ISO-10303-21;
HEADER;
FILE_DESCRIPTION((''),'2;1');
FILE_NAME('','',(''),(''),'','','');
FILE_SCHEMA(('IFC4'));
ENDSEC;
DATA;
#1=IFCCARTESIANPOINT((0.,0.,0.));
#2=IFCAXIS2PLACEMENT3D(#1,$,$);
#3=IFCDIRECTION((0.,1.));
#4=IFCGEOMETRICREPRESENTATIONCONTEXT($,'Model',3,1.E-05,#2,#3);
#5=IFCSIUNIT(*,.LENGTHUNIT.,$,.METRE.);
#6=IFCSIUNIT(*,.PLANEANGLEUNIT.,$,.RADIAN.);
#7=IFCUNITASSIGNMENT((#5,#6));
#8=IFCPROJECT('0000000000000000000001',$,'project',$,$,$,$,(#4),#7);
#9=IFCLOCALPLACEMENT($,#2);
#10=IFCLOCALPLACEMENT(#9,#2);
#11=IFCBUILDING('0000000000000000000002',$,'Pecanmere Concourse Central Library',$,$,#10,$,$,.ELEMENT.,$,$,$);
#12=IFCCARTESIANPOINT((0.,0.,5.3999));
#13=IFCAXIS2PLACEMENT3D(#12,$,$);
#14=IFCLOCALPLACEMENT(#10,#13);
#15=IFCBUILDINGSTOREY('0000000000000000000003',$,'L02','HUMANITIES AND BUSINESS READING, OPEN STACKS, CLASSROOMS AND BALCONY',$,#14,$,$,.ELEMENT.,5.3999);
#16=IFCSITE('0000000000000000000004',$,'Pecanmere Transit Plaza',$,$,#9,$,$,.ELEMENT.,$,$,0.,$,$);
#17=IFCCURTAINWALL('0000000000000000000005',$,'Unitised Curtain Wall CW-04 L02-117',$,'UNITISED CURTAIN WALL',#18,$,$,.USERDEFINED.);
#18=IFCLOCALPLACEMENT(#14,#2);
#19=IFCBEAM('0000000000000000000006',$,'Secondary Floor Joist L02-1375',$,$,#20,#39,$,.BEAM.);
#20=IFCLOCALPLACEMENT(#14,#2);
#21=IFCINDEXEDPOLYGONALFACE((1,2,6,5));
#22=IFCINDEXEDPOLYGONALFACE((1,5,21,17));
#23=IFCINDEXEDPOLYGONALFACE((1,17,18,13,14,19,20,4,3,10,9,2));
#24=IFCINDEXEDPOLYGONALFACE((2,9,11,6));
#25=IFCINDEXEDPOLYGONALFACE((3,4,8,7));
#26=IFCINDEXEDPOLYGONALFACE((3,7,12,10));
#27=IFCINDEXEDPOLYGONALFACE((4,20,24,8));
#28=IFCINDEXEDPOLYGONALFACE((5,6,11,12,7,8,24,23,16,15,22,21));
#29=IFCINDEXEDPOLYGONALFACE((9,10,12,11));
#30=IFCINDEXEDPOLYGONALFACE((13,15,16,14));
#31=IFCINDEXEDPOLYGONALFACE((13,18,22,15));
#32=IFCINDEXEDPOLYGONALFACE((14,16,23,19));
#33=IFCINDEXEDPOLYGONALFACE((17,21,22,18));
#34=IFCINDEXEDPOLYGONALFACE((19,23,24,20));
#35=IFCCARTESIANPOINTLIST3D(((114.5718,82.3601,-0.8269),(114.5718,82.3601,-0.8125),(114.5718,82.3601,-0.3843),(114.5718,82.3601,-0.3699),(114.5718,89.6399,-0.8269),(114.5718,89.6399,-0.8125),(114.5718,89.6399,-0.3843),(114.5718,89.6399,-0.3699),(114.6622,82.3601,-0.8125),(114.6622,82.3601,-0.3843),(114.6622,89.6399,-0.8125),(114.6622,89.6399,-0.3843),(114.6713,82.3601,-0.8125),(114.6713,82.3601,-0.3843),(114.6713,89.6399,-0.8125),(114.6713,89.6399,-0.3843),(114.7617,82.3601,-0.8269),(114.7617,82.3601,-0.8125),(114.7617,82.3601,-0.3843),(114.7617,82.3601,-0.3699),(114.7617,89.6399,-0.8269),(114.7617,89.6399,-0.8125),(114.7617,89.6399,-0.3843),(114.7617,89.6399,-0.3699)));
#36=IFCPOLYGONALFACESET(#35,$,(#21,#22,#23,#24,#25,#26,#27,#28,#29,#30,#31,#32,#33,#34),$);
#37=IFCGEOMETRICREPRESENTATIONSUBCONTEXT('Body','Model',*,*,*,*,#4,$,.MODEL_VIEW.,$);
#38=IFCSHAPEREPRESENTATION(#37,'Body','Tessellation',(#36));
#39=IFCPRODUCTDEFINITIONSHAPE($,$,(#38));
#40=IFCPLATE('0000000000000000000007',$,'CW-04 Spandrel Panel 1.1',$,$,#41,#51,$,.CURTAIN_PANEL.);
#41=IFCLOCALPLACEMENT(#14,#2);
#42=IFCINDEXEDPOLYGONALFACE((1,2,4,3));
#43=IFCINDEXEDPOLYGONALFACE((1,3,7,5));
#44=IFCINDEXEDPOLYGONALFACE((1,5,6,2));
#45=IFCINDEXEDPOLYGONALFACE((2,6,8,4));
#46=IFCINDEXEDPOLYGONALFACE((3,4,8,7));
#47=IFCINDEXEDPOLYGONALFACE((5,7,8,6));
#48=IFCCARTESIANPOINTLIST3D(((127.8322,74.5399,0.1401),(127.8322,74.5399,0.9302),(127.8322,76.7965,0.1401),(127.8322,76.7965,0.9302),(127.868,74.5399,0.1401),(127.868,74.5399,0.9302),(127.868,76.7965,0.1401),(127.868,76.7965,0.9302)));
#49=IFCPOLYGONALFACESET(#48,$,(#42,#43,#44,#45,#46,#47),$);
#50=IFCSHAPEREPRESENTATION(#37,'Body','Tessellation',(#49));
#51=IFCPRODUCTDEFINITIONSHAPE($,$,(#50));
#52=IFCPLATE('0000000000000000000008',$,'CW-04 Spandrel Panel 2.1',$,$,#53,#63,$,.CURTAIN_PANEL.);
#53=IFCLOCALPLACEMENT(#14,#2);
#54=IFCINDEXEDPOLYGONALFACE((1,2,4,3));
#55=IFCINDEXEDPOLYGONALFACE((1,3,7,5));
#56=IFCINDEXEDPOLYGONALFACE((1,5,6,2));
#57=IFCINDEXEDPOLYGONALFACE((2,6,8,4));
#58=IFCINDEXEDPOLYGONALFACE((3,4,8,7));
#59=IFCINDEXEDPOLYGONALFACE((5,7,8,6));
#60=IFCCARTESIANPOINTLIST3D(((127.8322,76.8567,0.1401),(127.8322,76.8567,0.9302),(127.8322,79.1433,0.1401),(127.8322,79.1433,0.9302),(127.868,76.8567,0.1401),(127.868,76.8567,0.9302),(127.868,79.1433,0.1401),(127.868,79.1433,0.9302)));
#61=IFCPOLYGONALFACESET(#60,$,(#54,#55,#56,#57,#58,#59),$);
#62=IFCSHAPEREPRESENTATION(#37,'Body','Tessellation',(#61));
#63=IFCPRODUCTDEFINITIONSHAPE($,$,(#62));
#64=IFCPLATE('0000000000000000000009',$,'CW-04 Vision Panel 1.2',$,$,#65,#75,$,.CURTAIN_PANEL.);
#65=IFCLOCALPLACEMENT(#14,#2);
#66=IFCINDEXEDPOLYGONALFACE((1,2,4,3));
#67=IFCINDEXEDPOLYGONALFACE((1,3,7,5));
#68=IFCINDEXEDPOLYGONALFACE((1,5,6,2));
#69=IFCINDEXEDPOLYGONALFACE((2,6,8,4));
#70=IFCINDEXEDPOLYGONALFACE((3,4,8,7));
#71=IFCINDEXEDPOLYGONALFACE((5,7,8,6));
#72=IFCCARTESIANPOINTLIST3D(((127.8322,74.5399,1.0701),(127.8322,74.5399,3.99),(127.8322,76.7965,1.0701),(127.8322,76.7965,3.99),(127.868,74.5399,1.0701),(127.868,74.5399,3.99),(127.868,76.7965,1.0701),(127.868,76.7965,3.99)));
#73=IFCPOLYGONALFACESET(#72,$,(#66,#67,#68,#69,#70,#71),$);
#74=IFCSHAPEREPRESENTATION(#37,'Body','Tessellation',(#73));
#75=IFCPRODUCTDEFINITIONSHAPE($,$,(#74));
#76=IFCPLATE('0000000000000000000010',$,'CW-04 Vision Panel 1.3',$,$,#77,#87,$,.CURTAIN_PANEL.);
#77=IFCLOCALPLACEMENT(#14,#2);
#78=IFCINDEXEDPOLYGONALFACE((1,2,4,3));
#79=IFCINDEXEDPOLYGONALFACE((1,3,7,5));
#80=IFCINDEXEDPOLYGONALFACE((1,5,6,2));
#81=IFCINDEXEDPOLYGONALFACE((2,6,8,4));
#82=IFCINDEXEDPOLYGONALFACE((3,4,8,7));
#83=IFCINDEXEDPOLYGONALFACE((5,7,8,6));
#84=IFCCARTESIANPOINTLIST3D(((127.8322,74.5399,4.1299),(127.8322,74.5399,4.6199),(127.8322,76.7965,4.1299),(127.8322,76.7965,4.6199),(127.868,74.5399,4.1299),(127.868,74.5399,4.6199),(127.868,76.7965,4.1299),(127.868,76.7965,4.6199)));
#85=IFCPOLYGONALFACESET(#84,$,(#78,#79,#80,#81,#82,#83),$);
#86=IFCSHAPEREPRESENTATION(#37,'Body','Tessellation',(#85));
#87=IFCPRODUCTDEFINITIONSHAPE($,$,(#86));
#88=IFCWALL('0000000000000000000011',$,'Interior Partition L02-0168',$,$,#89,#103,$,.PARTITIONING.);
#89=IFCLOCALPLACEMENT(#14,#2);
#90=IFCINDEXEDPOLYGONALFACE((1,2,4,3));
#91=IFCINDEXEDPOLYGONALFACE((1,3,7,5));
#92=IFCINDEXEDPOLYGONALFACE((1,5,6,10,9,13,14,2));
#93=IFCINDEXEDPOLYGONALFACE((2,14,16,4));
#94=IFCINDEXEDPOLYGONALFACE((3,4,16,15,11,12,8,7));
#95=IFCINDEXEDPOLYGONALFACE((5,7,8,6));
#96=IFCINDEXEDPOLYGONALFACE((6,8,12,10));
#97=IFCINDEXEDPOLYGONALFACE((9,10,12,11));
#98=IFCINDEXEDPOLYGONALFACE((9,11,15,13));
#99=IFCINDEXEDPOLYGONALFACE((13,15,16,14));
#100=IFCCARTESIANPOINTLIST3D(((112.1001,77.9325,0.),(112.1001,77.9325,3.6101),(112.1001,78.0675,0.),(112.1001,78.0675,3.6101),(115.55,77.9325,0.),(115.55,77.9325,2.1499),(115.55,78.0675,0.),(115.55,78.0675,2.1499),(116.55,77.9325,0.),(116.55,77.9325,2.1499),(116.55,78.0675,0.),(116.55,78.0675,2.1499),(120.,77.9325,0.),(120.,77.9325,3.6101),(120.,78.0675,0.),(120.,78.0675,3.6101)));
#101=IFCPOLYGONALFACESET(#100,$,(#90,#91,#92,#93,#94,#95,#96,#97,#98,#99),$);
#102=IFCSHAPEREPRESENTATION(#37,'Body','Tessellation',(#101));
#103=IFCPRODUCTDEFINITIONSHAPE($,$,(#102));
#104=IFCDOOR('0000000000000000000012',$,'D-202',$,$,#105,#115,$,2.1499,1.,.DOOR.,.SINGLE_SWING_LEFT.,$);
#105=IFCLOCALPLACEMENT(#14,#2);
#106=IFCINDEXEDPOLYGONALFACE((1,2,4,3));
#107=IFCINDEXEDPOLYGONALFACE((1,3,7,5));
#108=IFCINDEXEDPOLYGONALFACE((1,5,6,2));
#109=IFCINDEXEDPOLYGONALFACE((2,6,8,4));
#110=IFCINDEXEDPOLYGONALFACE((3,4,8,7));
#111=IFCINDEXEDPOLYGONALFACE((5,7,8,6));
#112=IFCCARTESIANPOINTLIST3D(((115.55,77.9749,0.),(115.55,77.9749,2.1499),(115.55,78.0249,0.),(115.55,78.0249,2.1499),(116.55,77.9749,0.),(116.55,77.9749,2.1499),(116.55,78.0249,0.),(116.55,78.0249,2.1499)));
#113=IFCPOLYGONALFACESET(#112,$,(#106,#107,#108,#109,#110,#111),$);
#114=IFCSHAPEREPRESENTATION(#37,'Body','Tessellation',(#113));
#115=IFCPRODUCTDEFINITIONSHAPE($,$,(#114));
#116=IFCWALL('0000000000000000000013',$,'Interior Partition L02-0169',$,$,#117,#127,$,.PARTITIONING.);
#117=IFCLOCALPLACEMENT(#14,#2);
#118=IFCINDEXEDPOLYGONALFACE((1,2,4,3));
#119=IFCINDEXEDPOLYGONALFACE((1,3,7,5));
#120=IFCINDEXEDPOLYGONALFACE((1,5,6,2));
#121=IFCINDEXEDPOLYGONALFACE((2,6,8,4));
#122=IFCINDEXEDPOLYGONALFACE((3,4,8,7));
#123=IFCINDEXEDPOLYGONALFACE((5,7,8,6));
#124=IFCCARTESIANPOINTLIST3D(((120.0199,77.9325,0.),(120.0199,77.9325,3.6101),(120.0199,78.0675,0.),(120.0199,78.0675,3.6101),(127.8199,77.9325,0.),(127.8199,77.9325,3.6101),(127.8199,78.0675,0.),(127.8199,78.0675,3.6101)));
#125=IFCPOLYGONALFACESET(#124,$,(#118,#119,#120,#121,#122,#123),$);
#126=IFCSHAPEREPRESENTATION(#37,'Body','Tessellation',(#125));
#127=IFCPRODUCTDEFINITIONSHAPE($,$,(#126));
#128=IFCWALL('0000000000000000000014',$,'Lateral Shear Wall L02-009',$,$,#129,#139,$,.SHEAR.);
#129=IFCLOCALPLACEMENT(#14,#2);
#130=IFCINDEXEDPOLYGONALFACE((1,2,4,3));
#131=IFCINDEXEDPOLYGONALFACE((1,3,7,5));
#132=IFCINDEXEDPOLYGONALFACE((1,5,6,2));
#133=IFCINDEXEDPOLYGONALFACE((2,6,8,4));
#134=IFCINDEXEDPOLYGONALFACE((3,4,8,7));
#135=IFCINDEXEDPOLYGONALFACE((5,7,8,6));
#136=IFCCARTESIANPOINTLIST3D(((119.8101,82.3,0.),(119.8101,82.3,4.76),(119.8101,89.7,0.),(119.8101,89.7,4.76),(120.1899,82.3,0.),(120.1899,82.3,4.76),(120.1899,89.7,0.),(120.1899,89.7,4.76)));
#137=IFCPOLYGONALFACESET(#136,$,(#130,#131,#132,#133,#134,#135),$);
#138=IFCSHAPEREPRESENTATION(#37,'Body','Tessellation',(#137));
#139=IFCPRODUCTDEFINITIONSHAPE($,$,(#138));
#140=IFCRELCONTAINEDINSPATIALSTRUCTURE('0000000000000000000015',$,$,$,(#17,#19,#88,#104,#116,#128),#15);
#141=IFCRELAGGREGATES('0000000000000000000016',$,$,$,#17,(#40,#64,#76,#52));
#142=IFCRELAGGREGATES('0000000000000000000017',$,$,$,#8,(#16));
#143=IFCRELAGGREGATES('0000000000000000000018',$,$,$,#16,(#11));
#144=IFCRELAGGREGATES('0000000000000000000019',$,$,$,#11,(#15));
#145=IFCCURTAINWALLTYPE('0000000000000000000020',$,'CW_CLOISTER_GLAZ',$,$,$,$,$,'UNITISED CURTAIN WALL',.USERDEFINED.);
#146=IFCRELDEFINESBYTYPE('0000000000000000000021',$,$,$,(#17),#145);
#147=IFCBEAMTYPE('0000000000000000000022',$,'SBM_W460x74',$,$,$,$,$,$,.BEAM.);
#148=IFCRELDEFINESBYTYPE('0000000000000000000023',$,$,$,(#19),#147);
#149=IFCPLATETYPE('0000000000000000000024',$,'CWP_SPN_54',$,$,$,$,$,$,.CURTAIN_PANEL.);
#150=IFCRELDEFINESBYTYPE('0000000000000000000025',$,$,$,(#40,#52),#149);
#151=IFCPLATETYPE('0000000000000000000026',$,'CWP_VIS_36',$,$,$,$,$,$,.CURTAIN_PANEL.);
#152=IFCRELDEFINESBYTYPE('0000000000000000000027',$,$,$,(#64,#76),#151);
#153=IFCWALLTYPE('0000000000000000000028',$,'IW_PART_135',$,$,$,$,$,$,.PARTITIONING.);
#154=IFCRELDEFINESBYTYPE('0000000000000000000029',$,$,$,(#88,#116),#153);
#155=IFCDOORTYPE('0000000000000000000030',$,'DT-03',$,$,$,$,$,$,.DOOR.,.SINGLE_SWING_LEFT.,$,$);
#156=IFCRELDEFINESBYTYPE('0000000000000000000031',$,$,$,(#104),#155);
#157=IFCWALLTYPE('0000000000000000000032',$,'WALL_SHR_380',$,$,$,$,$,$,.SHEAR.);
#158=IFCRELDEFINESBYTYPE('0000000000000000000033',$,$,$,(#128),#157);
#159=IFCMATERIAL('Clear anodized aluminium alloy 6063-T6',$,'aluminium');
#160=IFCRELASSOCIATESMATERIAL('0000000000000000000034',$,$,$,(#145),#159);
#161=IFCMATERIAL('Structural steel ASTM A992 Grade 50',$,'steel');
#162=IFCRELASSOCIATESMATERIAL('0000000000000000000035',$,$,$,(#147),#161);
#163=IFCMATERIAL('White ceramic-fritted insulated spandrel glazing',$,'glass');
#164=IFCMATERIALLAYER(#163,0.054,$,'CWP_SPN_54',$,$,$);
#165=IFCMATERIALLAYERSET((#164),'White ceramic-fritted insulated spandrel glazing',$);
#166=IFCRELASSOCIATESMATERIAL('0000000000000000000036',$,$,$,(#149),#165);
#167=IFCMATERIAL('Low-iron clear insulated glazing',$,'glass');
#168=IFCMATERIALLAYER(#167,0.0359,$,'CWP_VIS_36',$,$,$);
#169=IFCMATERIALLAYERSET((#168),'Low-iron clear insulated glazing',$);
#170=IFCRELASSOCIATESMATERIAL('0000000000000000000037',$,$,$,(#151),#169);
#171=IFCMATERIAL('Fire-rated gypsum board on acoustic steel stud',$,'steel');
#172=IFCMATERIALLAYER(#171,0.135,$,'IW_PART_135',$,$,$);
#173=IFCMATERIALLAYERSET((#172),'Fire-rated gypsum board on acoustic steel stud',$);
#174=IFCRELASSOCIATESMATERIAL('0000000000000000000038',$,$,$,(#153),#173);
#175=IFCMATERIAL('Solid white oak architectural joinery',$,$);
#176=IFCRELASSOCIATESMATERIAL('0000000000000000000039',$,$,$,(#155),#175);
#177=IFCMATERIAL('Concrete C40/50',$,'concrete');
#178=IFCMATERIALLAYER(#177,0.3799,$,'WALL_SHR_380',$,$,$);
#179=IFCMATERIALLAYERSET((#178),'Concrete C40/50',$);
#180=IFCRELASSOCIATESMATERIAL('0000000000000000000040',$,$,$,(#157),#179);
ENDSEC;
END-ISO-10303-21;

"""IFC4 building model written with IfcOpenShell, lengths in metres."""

from ifc_helpers import new_model, si_unit, direction, frame, frame_2d, origin, origin_2d, place, context, subcontext, project, spatial, rectangle, i_section, extrude, material, layer, layer_set, material_profile, profile_set, type_object, element, fill, aggregate, save


model = new_model("IFC4")

# Units and contexts
model_context = context("Model", 3, precision=1e-05, world=origin(), true_north=direction((0.0, 1.0)))
body_context = subcontext(model_context, "Body", "Model", "MODEL_VIEW")
ifc_project = project(units=[si_unit("LENGTHUNIT", "METRE"), si_unit("PLANEANGLEUNIT", "RADIAN")], contexts=[model_context])

# Site, building, storey
site_placement = place(None, origin())
site = spatial("IfcSite", under=ifc_project, at=site_placement, Name="Pecanmere Transit Plaza", CompositionType="ELEMENT", RefElevation=0.0)
building_placement = place(site_placement, origin())
building = spatial("IfcBuilding", under=site, at=building_placement, Name="Pecanmere Concourse Central Library", CompositionType="ELEMENT")
storey_placement = place(building_placement, frame((0.0, 0.0, 5.3999)))
storey = spatial("IfcBuildingStorey", under=building, at=storey_placement, Name="L02", Description="HUMANITIES AND BUSINESS READING, OPEN STACKS, CLASSROOMS AND BALCONY", CompositionType="ELEMENT", Elevation=5.3999)

# Curtain wall
ifc_material_1 = material(Name="Clear anodized aluminium alloy 6063-T6", Category="aluminium")
curtain_wall_type = type_object("IfcCurtainWallType", Name="CW_CLOISTER_GLAZ", ElementType="UNITISED CURTAIN WALL", PredefinedType="USERDEFINED", material=ifc_material_1)
curtain_wall_placement = place(storey_placement, origin())
curtain_wall = element("IfcCurtainWall", 1, at=curtain_wall_placement, inside=storey, type_object=curtain_wall_type, Name="Unitised Curtain Wall CW-04 L02-117", ObjectType="UNITISED CURTAIN WALL", PredefinedType="USERDEFINED")

# Beam
ifc_material_2 = material(Name="Structural steel ASTM A992 Grade 50", Category="steel")
ifc_material_profile_1 = material_profile(ifc_material_2, i_section(OverallWidth=0.1899, OverallDepth=0.457, WebThickness=0.009, FlangeThickness=0.0144, at=origin_2d()), Name="W460x74")
ifc_profile_set_1 = profile_set([ifc_material_profile_1], Name="Structural steel ASTM A992 Grade 50")
beam_type_1 = type_object("IfcBeamType", Name="SBM_W460x74", PredefinedType="BEAM", material=ifc_profile_set_1)
beam_1_placement = place(storey_placement, frame((114.6667, 82.3601, -0.5984), z_axis=(0.0, 1.0, 0.0), x_axis=(-1.0, 0.0, 0.0)))
element("IfcBeam", 2, at=beam_1_placement, inside=storey, type_object=beam_type_1, Name="Secondary Floor Joist L02-1375", PredefinedType="BEAM", context=body_context, shape_type="SweptSolid", body=[
    extrude(i_section(OverallWidth=0.1899, OverallDepth=0.457, WebThickness=0.009, FlangeThickness=0.0144, at=origin_2d()), origin(), (0.0, 0.0, 1.0), 7.2798),
])

# Plates
ifc_material_3 = material(Name="White ceramic-fritted insulated spandrel glazing", Category="glass")
ifc_layer_1 = layer(ifc_material_3, 0.054, Name="CWP_SPN_54")
ifc_layer_set_1 = layer_set([ifc_layer_1], Name="White ceramic-fritted insulated spandrel glazing")
plate_type_1 = type_object("IfcPlateType", Name="CWP_SPN_54", PredefinedType="CURTAIN_PANEL", material=ifc_layer_set_1)
plate_1_placement = place(storey_placement, frame((127.8501, 75.6682, 0.1401), z_axis=(0.0, 0.0, 1.0), x_axis=(0.0, 1.0, 0.0)))
plate_1 = element("IfcPlate", 3, at=plate_1_placement, type_object=plate_type_1, Name="CW-04 Spandrel Panel 1.1", PredefinedType="CURTAIN_PANEL", context=body_context, shape_type="SweptSolid", body=[
    extrude(rectangle(XDim=2.2566, YDim=0.0359, at=origin_2d()), origin(), (0.0, 0.0, 1.0), 0.79),
])
plate_2_placement = place(storey_placement, frame((127.8501, 78.0, 0.1401), z_axis=(0.0, 0.0, 1.0), x_axis=(0.0, 1.0, 0.0)))
plate_2 = element("IfcPlate", 4, at=plate_2_placement, type_object=plate_type_1, Name="CW-04 Spandrel Panel 2.1", PredefinedType="CURTAIN_PANEL", context=body_context, shape_type="SweptSolid", body=[
    extrude(rectangle(XDim=2.2866, YDim=0.0359, at=origin_2d()), origin(), (0.0, 0.0, 1.0), 0.79),
])
ifc_material_4 = material(Name="Low-iron clear insulated glazing", Category="glass")
ifc_layer_2 = layer(ifc_material_4, 0.0359, Name="CWP_VIS_36")
ifc_layer_set_2 = layer_set([ifc_layer_2], Name="Low-iron clear insulated glazing")
plate_type_2 = type_object("IfcPlateType", Name="CWP_VIS_36", PredefinedType="CURTAIN_PANEL", material=ifc_layer_set_2)
plate_3_placement = place(storey_placement, frame((127.8501, 75.6682, 1.0701), z_axis=(0.0, 0.0, 1.0), x_axis=(0.0, 1.0, 0.0)))
plate_3 = element("IfcPlate", 5, at=plate_3_placement, type_object=plate_type_2, Name="CW-04 Vision Panel 1.2", PredefinedType="CURTAIN_PANEL", context=body_context, shape_type="SweptSolid", body=[
    extrude(rectangle(XDim=2.2566, YDim=0.0359, at=origin_2d()), origin(), (0.0, 0.0, 1.0), 2.9199),
])
plate_4_placement = place(storey_placement, frame((127.8501, 75.6682, 4.1299), z_axis=(0.0, 0.0, 1.0), x_axis=(0.0, 1.0, 0.0)))
plate_4 = element("IfcPlate", 6, at=plate_4_placement, type_object=plate_type_2, Name="CW-04 Vision Panel 1.3", PredefinedType="CURTAIN_PANEL", context=body_context, shape_type="SweptSolid", body=[
    extrude(rectangle(XDim=2.2566, YDim=0.0359, at=origin_2d()), origin(), (0.0, 0.0, 1.0), 0.49),
])
aggregate(curtain_wall, [plate_1, plate_3, plate_4, plate_2])

# Wall, opening, door
ifc_material_5 = material(Name="Fire-rated gypsum board on acoustic steel stud", Category="steel")
ifc_layer_3 = layer(ifc_material_5, 0.135, Name="IW_PART_135")
ifc_layer_set_3 = layer_set([ifc_layer_3], Name="Fire-rated gypsum board on acoustic steel stud")
wall_type_1 = type_object("IfcWallType", Name="IW_PART_135", PredefinedType="PARTITIONING", material=ifc_layer_set_3)
wall_1_placement = place(storey_placement, frame((112.1001, 78.0, 0.0), z_axis=(0.0, 0.0, 1.0), x_axis=(1.0, 0.0, 0.0)))
wall_1 = element("IfcWall", 7, at=wall_1_placement, inside=storey, type_object=wall_type_1, Name="Interior Partition L02-0168", PredefinedType="PARTITIONING", context=body_context, shape_type="SweptSolid", body=[
    extrude(rectangle(XDim=7.8999, YDim=0.135, at=frame_2d((3.95, 0.0))), origin(), (0.0, 0.0, 1.0), 3.6101),
])
opening_placement = place(wall_1_placement, frame((3.45, 0.0, 0.0)))
opening = element("IfcOpeningElement", 8, at=opening_placement, cuts=wall_1, PredefinedType="OPENING", context=body_context, shape_type="SweptSolid", body=[
    extrude(rectangle(XDim=1.0, YDim=2.1499, at=frame_2d((0.5, 1.075))), frame((0.0, 0.0796, 0.0), z_axis=(0.0, -1.0, 0.0), x_axis=(1.0, 0.0, 0.0)), (0.0, 0.0, 1.0), 0.1589),
])
ifc_material_6 = material(Name="Solid white oak architectural joinery")
door_type = type_object("IfcDoorType", Name="DT-03", OperationType="SINGLE_SWING_LEFT", PredefinedType="DOOR", material=ifc_material_6)
door_placement = place(opening_placement, origin())
door = element("IfcDoor", 9, at=door_placement, inside=storey, type_object=door_type, Name="D-202", OperationType="SINGLE_SWING_LEFT", OverallHeight=2.1499, OverallWidth=1.0, PredefinedType="DOOR", context=body_context, shape_type="SweptSolid", body=[
    extrude(rectangle(XDim=1.0, YDim=2.1499, at=frame_2d((0.5, 1.075))), frame((0.0, 0.0249, 0.0), z_axis=(0.0, -1.0, 0.0), x_axis=(1.0, 0.0, 0.0)), (0.0, 0.0, 1.0), 0.05),
])
fill(opening, door)

# Walls
wall_2_placement = place(storey_placement, frame((120.02, 78.0, 0.0), z_axis=(0.0, 0.0, 1.0), x_axis=(1.0, 0.0, 0.0)))
element("IfcWall", 10, at=wall_2_placement, inside=storey, type_object=wall_type_1, Name="Interior Partition L02-0169", PredefinedType="PARTITIONING", context=body_context, shape_type="SweptSolid", body=[
    extrude(rectangle(XDim=7.8, YDim=0.135, at=frame_2d((3.8999, 0.0))), origin(), (0.0, 0.0, 1.0), 3.6101),
])
ifc_material_7 = material(Name="Concrete C40/50", Category="concrete")
ifc_layer_4 = layer(ifc_material_7, 0.3799, Name="WALL_SHR_380")
ifc_layer_set_4 = layer_set([ifc_layer_4], Name="Concrete C40/50")
wall_type_2 = type_object("IfcWallType", Name="WALL_SHR_380", PredefinedType="SHEAR", material=ifc_layer_set_4)
wall_3_placement = place(storey_placement, frame((120.0, 82.3, 0.0), z_axis=(0.0, 0.0, 1.0), x_axis=(0.0, 1.0, 0.0)))
element("IfcWall", 11, at=wall_3_placement, inside=storey, type_object=wall_type_2, Name="Lateral Shear Wall L02-009", PredefinedType="SHEAR", context=body_context, shape_type="SweptSolid", body=[
    extrude(rectangle(XDim=7.3999, YDim=0.3799, at=frame_2d((3.7, 0.0))), origin(), (0.0, 0.0, 1.0), 4.76),
])

save(model, "model.ifc")
